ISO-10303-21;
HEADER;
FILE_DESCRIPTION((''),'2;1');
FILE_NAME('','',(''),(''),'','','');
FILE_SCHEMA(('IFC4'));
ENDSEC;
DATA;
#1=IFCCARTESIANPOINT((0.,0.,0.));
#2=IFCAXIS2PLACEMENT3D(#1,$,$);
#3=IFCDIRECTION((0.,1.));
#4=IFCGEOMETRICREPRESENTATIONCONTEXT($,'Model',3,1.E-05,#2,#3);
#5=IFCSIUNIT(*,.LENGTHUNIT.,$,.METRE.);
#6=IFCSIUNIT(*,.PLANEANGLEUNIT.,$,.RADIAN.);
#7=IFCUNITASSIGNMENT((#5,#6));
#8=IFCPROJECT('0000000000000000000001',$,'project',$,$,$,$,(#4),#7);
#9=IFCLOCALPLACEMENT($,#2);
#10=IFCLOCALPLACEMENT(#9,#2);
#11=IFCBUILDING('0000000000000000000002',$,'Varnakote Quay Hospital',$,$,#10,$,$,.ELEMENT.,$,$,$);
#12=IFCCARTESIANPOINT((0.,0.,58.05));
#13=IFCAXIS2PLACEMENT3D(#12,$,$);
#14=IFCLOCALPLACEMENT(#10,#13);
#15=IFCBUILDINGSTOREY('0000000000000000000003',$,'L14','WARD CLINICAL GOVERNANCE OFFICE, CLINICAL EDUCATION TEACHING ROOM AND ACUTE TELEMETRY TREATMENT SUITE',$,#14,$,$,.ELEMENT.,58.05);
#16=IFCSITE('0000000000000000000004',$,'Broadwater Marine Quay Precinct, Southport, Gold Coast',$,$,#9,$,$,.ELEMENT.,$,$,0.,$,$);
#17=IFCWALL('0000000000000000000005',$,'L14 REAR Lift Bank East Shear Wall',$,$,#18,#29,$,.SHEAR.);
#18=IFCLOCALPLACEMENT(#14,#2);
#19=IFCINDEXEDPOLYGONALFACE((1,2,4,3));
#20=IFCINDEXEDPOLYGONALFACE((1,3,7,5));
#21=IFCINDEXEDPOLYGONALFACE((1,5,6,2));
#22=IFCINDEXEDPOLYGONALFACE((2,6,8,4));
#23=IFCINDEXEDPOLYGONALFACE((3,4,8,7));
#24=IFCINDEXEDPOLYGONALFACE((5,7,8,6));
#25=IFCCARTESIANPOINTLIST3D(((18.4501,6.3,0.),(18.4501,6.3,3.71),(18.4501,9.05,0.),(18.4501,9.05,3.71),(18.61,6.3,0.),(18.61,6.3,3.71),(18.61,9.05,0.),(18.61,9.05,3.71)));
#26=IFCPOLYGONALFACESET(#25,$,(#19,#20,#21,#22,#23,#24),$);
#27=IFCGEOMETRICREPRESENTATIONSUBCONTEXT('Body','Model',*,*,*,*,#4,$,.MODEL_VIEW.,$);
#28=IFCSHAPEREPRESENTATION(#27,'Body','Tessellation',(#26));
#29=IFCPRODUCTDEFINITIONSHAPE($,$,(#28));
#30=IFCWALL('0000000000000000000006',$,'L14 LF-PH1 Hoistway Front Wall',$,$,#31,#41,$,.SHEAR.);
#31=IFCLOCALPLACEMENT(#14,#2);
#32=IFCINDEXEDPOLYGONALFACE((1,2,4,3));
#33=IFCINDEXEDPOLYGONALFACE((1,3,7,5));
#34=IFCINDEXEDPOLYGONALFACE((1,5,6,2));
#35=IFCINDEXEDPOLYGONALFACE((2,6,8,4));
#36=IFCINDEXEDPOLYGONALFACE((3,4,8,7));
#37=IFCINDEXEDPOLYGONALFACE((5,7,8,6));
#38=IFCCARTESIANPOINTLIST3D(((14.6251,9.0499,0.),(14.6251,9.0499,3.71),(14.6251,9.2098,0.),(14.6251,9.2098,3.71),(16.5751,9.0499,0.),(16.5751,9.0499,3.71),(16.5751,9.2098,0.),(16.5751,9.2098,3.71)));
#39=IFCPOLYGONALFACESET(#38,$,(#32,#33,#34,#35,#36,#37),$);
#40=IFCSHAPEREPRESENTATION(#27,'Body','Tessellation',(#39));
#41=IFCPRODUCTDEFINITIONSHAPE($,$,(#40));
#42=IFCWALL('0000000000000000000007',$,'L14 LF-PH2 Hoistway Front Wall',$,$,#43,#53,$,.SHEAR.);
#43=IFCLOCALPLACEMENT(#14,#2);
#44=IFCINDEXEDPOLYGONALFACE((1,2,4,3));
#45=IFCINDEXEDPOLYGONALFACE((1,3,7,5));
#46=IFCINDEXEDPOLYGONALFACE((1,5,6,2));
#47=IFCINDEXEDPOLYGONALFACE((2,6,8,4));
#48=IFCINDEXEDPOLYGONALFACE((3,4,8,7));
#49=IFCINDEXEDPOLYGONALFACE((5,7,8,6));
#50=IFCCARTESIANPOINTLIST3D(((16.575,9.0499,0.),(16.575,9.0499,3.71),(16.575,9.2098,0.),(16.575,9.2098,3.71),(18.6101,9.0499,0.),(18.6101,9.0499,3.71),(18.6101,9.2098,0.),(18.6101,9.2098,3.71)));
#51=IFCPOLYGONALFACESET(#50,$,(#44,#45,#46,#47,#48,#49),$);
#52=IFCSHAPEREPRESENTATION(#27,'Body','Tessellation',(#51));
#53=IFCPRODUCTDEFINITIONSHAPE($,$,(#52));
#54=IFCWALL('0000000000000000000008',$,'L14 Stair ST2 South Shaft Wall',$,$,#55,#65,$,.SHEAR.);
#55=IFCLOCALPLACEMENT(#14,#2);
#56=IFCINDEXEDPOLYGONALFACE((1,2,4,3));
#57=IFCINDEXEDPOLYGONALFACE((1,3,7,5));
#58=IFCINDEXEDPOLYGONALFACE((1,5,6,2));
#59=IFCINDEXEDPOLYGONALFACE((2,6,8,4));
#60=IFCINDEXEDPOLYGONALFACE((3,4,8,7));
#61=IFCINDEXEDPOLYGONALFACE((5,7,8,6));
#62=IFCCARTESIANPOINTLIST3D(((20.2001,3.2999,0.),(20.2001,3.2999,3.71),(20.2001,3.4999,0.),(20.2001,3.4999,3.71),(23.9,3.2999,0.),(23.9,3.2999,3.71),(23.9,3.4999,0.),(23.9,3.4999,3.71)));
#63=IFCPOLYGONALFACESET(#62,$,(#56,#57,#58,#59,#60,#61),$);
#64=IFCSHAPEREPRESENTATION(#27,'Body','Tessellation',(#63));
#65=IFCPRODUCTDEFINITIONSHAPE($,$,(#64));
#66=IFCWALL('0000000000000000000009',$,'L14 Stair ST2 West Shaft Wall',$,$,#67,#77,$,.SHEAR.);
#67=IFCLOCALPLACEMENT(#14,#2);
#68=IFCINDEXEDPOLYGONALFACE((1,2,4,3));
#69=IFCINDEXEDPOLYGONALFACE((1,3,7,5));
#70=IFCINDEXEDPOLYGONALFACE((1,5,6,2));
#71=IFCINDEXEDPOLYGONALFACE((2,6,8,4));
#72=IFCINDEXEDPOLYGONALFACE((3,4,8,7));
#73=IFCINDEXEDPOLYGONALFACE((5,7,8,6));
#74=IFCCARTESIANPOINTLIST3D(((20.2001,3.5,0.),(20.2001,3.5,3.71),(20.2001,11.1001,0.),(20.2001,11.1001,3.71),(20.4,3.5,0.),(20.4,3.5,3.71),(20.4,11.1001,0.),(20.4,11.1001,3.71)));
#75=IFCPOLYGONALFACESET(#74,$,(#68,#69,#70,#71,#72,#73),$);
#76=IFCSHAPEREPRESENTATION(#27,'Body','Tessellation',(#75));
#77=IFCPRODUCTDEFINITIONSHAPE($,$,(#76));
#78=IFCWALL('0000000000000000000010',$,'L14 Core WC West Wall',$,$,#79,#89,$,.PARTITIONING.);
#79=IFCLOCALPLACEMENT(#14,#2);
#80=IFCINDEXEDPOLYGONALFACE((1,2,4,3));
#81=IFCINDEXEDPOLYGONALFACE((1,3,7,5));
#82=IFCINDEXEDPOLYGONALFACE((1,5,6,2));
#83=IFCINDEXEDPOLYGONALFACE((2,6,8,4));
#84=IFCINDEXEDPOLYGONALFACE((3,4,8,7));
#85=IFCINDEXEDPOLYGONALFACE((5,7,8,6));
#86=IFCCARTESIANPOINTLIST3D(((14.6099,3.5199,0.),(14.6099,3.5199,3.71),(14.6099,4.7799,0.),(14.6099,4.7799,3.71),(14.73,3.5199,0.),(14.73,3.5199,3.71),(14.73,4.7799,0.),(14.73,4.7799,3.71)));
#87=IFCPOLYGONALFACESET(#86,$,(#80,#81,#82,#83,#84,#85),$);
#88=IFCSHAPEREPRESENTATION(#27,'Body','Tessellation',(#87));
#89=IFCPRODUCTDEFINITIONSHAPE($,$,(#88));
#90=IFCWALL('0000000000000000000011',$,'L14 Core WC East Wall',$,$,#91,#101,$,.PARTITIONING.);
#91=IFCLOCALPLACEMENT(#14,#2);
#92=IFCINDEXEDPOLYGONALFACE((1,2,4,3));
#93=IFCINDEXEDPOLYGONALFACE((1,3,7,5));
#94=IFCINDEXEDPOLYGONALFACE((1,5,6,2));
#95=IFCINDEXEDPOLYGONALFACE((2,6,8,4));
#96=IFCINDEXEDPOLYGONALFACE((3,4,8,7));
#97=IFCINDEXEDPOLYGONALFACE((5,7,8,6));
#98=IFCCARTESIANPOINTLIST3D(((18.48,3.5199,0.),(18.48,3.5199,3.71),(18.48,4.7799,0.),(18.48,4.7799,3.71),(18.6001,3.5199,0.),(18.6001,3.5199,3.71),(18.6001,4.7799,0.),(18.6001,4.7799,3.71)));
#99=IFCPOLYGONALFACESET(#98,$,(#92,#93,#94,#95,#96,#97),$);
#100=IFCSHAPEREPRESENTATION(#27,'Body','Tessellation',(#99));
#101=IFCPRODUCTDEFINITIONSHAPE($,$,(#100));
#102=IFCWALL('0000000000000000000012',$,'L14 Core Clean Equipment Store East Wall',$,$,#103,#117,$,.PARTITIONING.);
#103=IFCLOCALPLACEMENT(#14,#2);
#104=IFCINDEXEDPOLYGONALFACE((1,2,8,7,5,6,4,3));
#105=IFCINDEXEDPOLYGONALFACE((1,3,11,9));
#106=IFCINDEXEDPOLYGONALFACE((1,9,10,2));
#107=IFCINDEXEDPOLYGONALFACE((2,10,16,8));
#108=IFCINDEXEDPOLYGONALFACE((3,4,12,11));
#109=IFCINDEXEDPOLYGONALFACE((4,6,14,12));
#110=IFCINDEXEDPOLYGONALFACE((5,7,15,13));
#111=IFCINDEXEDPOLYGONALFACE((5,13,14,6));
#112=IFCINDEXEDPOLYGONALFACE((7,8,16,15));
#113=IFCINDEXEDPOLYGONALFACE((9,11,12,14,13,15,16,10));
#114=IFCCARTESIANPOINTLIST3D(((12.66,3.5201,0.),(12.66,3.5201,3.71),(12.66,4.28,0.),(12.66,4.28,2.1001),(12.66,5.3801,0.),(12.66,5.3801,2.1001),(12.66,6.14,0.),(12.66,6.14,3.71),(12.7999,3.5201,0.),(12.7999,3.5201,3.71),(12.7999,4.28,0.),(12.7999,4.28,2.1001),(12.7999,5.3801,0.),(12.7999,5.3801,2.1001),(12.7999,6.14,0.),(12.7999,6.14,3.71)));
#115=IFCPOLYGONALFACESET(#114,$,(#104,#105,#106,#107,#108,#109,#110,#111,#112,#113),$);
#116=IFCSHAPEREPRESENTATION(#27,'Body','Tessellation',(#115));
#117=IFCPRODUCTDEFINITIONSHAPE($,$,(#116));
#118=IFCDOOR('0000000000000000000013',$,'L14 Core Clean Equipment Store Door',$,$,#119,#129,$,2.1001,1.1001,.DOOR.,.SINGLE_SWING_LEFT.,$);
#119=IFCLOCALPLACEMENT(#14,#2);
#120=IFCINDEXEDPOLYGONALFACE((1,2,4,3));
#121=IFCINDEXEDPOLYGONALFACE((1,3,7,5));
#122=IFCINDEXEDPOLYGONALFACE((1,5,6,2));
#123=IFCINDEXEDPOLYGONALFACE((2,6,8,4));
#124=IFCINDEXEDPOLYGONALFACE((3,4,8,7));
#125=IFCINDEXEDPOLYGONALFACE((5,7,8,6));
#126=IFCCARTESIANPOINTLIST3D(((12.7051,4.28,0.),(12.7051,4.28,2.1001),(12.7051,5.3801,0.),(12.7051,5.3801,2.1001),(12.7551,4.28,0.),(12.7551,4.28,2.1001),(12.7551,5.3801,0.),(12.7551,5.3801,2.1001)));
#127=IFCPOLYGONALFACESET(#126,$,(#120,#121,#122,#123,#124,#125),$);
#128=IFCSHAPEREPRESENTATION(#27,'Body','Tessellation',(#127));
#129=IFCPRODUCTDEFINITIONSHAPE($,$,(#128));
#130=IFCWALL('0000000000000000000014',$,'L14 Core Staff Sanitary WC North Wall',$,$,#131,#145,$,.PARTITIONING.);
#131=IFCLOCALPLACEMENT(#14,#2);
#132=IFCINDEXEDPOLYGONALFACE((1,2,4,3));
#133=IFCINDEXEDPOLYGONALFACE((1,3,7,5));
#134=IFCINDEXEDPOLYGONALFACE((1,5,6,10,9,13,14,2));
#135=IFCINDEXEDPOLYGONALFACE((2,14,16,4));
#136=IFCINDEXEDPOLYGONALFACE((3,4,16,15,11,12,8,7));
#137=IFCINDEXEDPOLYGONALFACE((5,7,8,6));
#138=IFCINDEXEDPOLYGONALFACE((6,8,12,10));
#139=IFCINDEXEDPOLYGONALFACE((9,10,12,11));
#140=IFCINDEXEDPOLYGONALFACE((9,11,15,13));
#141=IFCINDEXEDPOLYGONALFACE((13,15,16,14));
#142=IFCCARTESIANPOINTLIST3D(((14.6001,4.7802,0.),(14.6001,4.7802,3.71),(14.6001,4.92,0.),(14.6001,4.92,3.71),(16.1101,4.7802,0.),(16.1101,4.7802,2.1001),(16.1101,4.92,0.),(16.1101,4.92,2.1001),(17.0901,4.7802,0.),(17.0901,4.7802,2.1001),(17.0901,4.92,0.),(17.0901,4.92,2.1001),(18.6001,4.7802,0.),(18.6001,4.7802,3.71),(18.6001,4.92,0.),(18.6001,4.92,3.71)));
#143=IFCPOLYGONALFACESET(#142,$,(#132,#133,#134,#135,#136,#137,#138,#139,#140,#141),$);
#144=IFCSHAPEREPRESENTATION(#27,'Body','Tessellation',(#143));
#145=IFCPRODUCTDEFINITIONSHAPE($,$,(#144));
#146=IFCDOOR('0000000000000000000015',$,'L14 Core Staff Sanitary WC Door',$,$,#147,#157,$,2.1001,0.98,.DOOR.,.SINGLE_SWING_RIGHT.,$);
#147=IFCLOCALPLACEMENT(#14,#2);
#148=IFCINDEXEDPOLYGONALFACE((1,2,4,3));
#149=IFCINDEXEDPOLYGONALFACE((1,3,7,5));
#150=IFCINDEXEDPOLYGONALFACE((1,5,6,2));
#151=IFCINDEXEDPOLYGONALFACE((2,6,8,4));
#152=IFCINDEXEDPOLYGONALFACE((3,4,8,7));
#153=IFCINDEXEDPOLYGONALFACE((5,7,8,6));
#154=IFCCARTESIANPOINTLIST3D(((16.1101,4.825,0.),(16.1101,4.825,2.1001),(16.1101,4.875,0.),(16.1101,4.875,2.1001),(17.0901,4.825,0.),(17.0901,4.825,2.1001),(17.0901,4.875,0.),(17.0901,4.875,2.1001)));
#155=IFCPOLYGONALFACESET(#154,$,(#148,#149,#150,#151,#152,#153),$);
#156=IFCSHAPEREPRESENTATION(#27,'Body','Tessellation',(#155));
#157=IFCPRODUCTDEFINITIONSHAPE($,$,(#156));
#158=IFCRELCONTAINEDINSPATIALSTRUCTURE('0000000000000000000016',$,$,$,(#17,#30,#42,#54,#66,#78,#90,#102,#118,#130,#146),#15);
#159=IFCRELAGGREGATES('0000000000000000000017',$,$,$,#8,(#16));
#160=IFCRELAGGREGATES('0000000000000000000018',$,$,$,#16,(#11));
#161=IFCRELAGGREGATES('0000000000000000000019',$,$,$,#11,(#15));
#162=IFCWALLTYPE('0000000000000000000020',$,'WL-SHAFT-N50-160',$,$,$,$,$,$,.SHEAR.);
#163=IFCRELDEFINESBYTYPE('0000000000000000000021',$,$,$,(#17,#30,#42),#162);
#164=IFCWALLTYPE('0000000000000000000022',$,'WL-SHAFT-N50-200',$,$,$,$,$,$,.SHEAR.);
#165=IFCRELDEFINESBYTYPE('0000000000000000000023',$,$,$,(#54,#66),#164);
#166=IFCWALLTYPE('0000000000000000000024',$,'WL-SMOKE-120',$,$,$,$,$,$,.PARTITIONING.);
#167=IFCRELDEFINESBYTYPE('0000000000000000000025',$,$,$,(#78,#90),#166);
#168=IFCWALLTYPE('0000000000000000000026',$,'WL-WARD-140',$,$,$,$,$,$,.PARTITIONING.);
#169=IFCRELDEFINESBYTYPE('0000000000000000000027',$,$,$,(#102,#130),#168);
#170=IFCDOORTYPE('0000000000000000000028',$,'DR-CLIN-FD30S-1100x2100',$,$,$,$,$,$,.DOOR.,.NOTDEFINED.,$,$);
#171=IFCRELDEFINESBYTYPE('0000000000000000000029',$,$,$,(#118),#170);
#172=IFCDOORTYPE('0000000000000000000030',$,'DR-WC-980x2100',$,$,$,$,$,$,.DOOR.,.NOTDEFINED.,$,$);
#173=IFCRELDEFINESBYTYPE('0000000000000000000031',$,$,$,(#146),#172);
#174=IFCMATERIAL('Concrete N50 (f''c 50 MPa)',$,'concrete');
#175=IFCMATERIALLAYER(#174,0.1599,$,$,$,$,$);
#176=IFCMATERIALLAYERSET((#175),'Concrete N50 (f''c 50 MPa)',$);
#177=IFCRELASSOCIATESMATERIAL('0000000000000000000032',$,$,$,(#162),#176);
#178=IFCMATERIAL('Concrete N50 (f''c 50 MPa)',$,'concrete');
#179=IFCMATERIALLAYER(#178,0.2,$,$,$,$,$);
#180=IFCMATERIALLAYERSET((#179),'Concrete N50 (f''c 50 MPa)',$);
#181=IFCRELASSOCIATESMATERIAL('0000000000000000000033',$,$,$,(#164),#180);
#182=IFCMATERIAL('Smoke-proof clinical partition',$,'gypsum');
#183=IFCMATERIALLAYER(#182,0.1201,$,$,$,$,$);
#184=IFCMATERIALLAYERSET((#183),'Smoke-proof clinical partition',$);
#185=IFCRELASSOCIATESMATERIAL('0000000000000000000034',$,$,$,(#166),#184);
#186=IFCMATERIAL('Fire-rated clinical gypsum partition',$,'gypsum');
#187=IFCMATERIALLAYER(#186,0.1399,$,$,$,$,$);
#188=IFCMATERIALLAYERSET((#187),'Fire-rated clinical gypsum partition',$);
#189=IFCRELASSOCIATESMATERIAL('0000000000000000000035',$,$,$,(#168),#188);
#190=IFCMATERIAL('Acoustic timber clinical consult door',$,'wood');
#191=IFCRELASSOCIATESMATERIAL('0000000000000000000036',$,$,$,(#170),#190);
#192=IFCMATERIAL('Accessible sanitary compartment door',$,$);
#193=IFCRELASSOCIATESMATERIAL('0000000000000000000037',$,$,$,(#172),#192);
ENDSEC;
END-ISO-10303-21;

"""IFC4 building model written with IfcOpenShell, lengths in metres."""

from ifc_helpers import new_model, si_unit, direction, frame, frame_2d, origin, place, context, subcontext, project, spatial, rectangle, extrude, material, layer, layer_set, type_object, element, fill, save


model = new_model("IFC4")

# Units and contexts
model_context = context("Model", 3, precision=1e-05, world=origin(), true_north=direction((0.0, 1.0)))
body_context = subcontext(model_context, "Body", "Model", "MODEL_VIEW")
ifc_project = project(units=[si_unit("LENGTHUNIT", "METRE"), si_unit("PLANEANGLEUNIT", "RADIAN")], contexts=[model_context])

# Site, building, storey
site_placement = place(None, origin())
site = spatial("IfcSite", under=ifc_project, at=site_placement, Name="Broadwater Marine Quay Precinct, Southport, Gold Coast", CompositionType="ELEMENT", RefElevation=0.0)
building_placement = place(site_placement, origin())
building = spatial("IfcBuilding", under=site, at=building_placement, Name="Varnakote Quay Hospital", CompositionType="ELEMENT")
storey_placement = place(building_placement, frame((0.0, 0.0, 58.05)))
storey = spatial("IfcBuildingStorey", under=building, at=storey_placement, Name="L14", Description="WARD CLINICAL GOVERNANCE OFFICE, CLINICAL EDUCATION TEACHING ROOM AND ACUTE TELEMETRY TREATMENT SUITE", CompositionType="ELEMENT", Elevation=58.05)

# Walls
ifc_material_1 = material(Name="Concrete N50 (f'c 50 MPa)", Category="concrete")
ifc_layer_1 = layer(ifc_material_1, 0.1599)
ifc_layer_set_1 = layer_set([ifc_layer_1], Name="Concrete N50 (f'c 50 MPa)")
wall_type_1 = type_object("IfcWallType", Name="WL-SHAFT-N50-160", PredefinedType="SHEAR", material=ifc_layer_set_1)
wall_1_placement = place(storey_placement, frame((18.53, 6.3, 0.0), z_axis=(0.0, 0.0, 1.0), x_axis=(0.0, 1.0, 0.0)))
element("IfcWall", 1, at=wall_1_placement, inside=storey, type_object=wall_type_1, Name="L14 REAR Lift Bank East Shear Wall", PredefinedType="SHEAR", context=body_context, shape_type="SweptSolid", body=[
    extrude(rectangle(XDim=2.75, YDim=0.1599, at=frame_2d((1.375, 0.0))), origin(), (0.0, 0.0, 1.0), 3.71),
])
wall_2_placement = place(storey_placement, frame((14.625, 9.1299, 0.0), z_axis=(0.0, 0.0, 1.0), x_axis=(1.0, 0.0, 0.0)))
element("IfcWall", 2, at=wall_2_placement, inside=storey, type_object=wall_type_1, Name="L14 LF-PH1 Hoistway Front Wall", PredefinedType="SHEAR", context=body_context, shape_type="SweptSolid", body=[
    extrude(rectangle(XDim=1.95, YDim=0.1599, at=frame_2d((0.9751, 0.0))), origin(), (0.0, 0.0, 1.0), 3.71),
])
wall_3_placement = place(storey_placement, frame((16.575, 9.1299, 0.0), z_axis=(0.0, 0.0, 1.0), x_axis=(1.0, 0.0, 0.0)))
element("IfcWall", 3, at=wall_3_placement, inside=storey, type_object=wall_type_1, Name="L14 LF-PH2 Hoistway Front Wall", PredefinedType="SHEAR", context=body_context, shape_type="SweptSolid", body=[
    extrude(rectangle(XDim=2.0352, YDim=0.1599, at=frame_2d((1.0176, 0.0))), origin(), (0.0, 0.0, 1.0), 3.71),
])
ifc_material_2 = material(Name="Concrete N50 (f'c 50 MPa)", Category="concrete")
ifc_layer_2 = layer(ifc_material_2, 0.2)
ifc_layer_set_2 = layer_set([ifc_layer_2], Name="Concrete N50 (f'c 50 MPa)")
wall_type_2 = type_object("IfcWallType", Name="WL-SHAFT-N50-200", PredefinedType="SHEAR", material=ifc_layer_set_2)
wall_4_placement = place(storey_placement, frame((20.2, 3.3999, 0.0), z_axis=(0.0, 0.0, 1.0), x_axis=(1.0, 0.0, 0.0)))
element("IfcWall", 4, at=wall_4_placement, inside=storey, type_object=wall_type_2, Name="L14 Stair ST2 South Shaft Wall", PredefinedType="SHEAR", context=body_context, shape_type="SweptSolid", body=[
    extrude(rectangle(XDim=3.7, YDim=0.2, at=frame_2d((1.8501, 0.0))), origin(), (0.0, 0.0, 1.0), 3.71),
])
wall_5_placement = place(storey_placement, frame((20.3, 3.5, 0.0), z_axis=(0.0, 0.0, 1.0), x_axis=(0.0, 1.0, 0.0)))
element("IfcWall", 5, at=wall_5_placement, inside=storey, type_object=wall_type_2, Name="L14 Stair ST2 West Shaft Wall", PredefinedType="SHEAR", context=body_context, shape_type="SweptSolid", body=[
    extrude(rectangle(XDim=7.6001, YDim=0.2, at=frame_2d((3.8, 0.0))), origin(), (0.0, 0.0, 1.0), 3.71),
])

# Walls
ifc_material_3 = material(Name="Smoke-proof clinical partition", Category="gypsum")
ifc_layer_3 = layer(ifc_material_3, 0.1201)
ifc_layer_set_3 = layer_set([ifc_layer_3], Name="Smoke-proof clinical partition")
wall_type_3 = type_object("IfcWallType", Name="WL-SMOKE-120", PredefinedType="PARTITIONING", material=ifc_layer_set_3)
for number, where, z_axis, x_axis, name in (
    (6, (14.6699, 3.52, 0.0), (0.0, 0.0, 1.0), (0.0, 1.0, 0.0), "L14 Core WC West Wall"),
    (7, (18.54, 3.52, 0.0), (0.0, 0.0, 1.0), (0.0, 1.0, 0.0), "L14 Core WC East Wall"),
):
    element("IfcWall", number, at=place(storey_placement, frame(where, z_axis=z_axis, x_axis=x_axis)), inside=storey, type_object=wall_type_3, Name=name, PredefinedType="PARTITIONING", context=body_context, shape_type="SweptSolid", body=[
        extrude(rectangle(XDim=1.26, YDim=0.1201, at=frame_2d((0.6299, 0.0))), origin(), (0.0, 0.0, 1.0), 3.71),
    ])

# Walls, openings, doors
ifc_material_4 = material(Name="Fire-rated clinical gypsum partition", Category="gypsum")
ifc_layer_4 = layer(ifc_material_4, 0.1399)
ifc_layer_set_4 = layer_set([ifc_layer_4], Name="Fire-rated clinical gypsum partition")
wall_type_4 = type_object("IfcWallType", Name="WL-WARD-140", PredefinedType="PARTITIONING", material=ifc_layer_set_4)
wall_6_placement = place(storey_placement, frame((12.73, 3.52, 0.0), z_axis=(0.0, 0.0, 1.0), x_axis=(0.0, 1.0, 0.0)))
wall_6 = element("IfcWall", 8, at=wall_6_placement, inside=storey, type_object=wall_type_4, Name="L14 Core Clean Equipment Store East Wall", PredefinedType="PARTITIONING", context=body_context, shape_type="SweptSolid", body=[
    extrude(rectangle(XDim=2.6199, YDim=0.1399, at=frame_2d((1.3101, 0.0))), origin(), (0.0, 0.0, 1.0), 3.71),
])
opening_1_placement = place(wall_6_placement, frame((0.76, 0.0, 0.0)))
opening_1 = element("IfcOpeningElement", 9, at=opening_1_placement, cuts=wall_6, PredefinedType="OPENING", context=body_context, shape_type="SweptSolid", body=[
    extrude(rectangle(XDim=1.1001, YDim=2.1001, at=frame_2d((0.55, 1.05))), frame((0.0, 0.0798, 0.0), z_axis=(0.0, -1.0, 0.0), x_axis=(1.0, 0.0, 0.0)), (0.0, 0.0, 1.0), 0.1599),
])
ifc_material_5 = material(Name="Acoustic timber clinical consult door", Category="wood")
door_type_1 = type_object("IfcDoorType", Name="DR-CLIN-FD30S-1100x2100", OperationType="NOTDEFINED", PredefinedType="DOOR", material=ifc_material_5)
door_1_placement = place(opening_1_placement, origin())
door_1 = element("IfcDoor", 10, at=door_1_placement, inside=storey, type_object=door_type_1, Name="L14 Core Clean Equipment Store Door", OperationType="SINGLE_SWING_LEFT", OverallHeight=2.1001, OverallWidth=1.1001, PredefinedType="DOOR", context=body_context, shape_type="SweptSolid", body=[
    extrude(rectangle(XDim=1.1001, YDim=2.1001, at=frame_2d((0.55, 1.05))), frame((0.0, 0.0249, 0.0), z_axis=(0.0, -1.0, 0.0), x_axis=(1.0, 0.0, 0.0)), (0.0, 0.0, 1.0), 0.05),
])
fill(opening_1, door_1)
wall_7_placement = place(storey_placement, frame((14.6001, 4.8501, 0.0), z_axis=(0.0, 0.0, 1.0), x_axis=(1.0, 0.0, 0.0)))
wall_7 = element("IfcWall", 11, at=wall_7_placement, inside=storey, type_object=wall_type_4, Name="L14 Core Staff Sanitary WC North Wall", PredefinedType="PARTITIONING", context=body_context, shape_type="SweptSolid", body=[
    extrude(rectangle(XDim=4.0, YDim=0.1399, at=frame_2d((2.0, 0.0))), origin(), (0.0, 0.0, 1.0), 3.71),
])
opening_2_placement = place(wall_7_placement, frame((1.51, 0.0, 0.0)))
opening_2 = element("IfcOpeningElement", 12, at=opening_2_placement, cuts=wall_7, PredefinedType="OPENING", context=body_context, shape_type="SweptSolid", body=[
    extrude(rectangle(XDim=0.98, YDim=2.1001, at=frame_2d((0.49, 1.05))), frame((0.0, 0.0798, 0.0), z_axis=(0.0, -1.0, 0.0), x_axis=(1.0, 0.0, 0.0)), (0.0, 0.0, 1.0), 0.1599),
])
ifc_material_6 = material(Name="Accessible sanitary compartment door")
door_type_2 = type_object("IfcDoorType", Name="DR-WC-980x2100", OperationType="NOTDEFINED", PredefinedType="DOOR", material=ifc_material_6)
door_2_placement = place(opening_2_placement, origin())
door_2 = element("IfcDoor", 13, at=door_2_placement, inside=storey, type_object=door_type_2, Name="L14 Core Staff Sanitary WC Door", OperationType="SINGLE_SWING_RIGHT", OverallHeight=2.1001, OverallWidth=0.98, PredefinedType="DOOR", context=body_context, shape_type="SweptSolid", body=[
    extrude(rectangle(XDim=0.98, YDim=2.1001, at=frame_2d((0.49, 1.05))), frame((0.0, 0.0249, 0.0), z_axis=(0.0, -1.0, 0.0), x_axis=(1.0, 0.0, 0.0)), (0.0, 0.0, 1.0), 0.05),
])
fill(opening_2, door_2)

save(model, "model.ifc")
